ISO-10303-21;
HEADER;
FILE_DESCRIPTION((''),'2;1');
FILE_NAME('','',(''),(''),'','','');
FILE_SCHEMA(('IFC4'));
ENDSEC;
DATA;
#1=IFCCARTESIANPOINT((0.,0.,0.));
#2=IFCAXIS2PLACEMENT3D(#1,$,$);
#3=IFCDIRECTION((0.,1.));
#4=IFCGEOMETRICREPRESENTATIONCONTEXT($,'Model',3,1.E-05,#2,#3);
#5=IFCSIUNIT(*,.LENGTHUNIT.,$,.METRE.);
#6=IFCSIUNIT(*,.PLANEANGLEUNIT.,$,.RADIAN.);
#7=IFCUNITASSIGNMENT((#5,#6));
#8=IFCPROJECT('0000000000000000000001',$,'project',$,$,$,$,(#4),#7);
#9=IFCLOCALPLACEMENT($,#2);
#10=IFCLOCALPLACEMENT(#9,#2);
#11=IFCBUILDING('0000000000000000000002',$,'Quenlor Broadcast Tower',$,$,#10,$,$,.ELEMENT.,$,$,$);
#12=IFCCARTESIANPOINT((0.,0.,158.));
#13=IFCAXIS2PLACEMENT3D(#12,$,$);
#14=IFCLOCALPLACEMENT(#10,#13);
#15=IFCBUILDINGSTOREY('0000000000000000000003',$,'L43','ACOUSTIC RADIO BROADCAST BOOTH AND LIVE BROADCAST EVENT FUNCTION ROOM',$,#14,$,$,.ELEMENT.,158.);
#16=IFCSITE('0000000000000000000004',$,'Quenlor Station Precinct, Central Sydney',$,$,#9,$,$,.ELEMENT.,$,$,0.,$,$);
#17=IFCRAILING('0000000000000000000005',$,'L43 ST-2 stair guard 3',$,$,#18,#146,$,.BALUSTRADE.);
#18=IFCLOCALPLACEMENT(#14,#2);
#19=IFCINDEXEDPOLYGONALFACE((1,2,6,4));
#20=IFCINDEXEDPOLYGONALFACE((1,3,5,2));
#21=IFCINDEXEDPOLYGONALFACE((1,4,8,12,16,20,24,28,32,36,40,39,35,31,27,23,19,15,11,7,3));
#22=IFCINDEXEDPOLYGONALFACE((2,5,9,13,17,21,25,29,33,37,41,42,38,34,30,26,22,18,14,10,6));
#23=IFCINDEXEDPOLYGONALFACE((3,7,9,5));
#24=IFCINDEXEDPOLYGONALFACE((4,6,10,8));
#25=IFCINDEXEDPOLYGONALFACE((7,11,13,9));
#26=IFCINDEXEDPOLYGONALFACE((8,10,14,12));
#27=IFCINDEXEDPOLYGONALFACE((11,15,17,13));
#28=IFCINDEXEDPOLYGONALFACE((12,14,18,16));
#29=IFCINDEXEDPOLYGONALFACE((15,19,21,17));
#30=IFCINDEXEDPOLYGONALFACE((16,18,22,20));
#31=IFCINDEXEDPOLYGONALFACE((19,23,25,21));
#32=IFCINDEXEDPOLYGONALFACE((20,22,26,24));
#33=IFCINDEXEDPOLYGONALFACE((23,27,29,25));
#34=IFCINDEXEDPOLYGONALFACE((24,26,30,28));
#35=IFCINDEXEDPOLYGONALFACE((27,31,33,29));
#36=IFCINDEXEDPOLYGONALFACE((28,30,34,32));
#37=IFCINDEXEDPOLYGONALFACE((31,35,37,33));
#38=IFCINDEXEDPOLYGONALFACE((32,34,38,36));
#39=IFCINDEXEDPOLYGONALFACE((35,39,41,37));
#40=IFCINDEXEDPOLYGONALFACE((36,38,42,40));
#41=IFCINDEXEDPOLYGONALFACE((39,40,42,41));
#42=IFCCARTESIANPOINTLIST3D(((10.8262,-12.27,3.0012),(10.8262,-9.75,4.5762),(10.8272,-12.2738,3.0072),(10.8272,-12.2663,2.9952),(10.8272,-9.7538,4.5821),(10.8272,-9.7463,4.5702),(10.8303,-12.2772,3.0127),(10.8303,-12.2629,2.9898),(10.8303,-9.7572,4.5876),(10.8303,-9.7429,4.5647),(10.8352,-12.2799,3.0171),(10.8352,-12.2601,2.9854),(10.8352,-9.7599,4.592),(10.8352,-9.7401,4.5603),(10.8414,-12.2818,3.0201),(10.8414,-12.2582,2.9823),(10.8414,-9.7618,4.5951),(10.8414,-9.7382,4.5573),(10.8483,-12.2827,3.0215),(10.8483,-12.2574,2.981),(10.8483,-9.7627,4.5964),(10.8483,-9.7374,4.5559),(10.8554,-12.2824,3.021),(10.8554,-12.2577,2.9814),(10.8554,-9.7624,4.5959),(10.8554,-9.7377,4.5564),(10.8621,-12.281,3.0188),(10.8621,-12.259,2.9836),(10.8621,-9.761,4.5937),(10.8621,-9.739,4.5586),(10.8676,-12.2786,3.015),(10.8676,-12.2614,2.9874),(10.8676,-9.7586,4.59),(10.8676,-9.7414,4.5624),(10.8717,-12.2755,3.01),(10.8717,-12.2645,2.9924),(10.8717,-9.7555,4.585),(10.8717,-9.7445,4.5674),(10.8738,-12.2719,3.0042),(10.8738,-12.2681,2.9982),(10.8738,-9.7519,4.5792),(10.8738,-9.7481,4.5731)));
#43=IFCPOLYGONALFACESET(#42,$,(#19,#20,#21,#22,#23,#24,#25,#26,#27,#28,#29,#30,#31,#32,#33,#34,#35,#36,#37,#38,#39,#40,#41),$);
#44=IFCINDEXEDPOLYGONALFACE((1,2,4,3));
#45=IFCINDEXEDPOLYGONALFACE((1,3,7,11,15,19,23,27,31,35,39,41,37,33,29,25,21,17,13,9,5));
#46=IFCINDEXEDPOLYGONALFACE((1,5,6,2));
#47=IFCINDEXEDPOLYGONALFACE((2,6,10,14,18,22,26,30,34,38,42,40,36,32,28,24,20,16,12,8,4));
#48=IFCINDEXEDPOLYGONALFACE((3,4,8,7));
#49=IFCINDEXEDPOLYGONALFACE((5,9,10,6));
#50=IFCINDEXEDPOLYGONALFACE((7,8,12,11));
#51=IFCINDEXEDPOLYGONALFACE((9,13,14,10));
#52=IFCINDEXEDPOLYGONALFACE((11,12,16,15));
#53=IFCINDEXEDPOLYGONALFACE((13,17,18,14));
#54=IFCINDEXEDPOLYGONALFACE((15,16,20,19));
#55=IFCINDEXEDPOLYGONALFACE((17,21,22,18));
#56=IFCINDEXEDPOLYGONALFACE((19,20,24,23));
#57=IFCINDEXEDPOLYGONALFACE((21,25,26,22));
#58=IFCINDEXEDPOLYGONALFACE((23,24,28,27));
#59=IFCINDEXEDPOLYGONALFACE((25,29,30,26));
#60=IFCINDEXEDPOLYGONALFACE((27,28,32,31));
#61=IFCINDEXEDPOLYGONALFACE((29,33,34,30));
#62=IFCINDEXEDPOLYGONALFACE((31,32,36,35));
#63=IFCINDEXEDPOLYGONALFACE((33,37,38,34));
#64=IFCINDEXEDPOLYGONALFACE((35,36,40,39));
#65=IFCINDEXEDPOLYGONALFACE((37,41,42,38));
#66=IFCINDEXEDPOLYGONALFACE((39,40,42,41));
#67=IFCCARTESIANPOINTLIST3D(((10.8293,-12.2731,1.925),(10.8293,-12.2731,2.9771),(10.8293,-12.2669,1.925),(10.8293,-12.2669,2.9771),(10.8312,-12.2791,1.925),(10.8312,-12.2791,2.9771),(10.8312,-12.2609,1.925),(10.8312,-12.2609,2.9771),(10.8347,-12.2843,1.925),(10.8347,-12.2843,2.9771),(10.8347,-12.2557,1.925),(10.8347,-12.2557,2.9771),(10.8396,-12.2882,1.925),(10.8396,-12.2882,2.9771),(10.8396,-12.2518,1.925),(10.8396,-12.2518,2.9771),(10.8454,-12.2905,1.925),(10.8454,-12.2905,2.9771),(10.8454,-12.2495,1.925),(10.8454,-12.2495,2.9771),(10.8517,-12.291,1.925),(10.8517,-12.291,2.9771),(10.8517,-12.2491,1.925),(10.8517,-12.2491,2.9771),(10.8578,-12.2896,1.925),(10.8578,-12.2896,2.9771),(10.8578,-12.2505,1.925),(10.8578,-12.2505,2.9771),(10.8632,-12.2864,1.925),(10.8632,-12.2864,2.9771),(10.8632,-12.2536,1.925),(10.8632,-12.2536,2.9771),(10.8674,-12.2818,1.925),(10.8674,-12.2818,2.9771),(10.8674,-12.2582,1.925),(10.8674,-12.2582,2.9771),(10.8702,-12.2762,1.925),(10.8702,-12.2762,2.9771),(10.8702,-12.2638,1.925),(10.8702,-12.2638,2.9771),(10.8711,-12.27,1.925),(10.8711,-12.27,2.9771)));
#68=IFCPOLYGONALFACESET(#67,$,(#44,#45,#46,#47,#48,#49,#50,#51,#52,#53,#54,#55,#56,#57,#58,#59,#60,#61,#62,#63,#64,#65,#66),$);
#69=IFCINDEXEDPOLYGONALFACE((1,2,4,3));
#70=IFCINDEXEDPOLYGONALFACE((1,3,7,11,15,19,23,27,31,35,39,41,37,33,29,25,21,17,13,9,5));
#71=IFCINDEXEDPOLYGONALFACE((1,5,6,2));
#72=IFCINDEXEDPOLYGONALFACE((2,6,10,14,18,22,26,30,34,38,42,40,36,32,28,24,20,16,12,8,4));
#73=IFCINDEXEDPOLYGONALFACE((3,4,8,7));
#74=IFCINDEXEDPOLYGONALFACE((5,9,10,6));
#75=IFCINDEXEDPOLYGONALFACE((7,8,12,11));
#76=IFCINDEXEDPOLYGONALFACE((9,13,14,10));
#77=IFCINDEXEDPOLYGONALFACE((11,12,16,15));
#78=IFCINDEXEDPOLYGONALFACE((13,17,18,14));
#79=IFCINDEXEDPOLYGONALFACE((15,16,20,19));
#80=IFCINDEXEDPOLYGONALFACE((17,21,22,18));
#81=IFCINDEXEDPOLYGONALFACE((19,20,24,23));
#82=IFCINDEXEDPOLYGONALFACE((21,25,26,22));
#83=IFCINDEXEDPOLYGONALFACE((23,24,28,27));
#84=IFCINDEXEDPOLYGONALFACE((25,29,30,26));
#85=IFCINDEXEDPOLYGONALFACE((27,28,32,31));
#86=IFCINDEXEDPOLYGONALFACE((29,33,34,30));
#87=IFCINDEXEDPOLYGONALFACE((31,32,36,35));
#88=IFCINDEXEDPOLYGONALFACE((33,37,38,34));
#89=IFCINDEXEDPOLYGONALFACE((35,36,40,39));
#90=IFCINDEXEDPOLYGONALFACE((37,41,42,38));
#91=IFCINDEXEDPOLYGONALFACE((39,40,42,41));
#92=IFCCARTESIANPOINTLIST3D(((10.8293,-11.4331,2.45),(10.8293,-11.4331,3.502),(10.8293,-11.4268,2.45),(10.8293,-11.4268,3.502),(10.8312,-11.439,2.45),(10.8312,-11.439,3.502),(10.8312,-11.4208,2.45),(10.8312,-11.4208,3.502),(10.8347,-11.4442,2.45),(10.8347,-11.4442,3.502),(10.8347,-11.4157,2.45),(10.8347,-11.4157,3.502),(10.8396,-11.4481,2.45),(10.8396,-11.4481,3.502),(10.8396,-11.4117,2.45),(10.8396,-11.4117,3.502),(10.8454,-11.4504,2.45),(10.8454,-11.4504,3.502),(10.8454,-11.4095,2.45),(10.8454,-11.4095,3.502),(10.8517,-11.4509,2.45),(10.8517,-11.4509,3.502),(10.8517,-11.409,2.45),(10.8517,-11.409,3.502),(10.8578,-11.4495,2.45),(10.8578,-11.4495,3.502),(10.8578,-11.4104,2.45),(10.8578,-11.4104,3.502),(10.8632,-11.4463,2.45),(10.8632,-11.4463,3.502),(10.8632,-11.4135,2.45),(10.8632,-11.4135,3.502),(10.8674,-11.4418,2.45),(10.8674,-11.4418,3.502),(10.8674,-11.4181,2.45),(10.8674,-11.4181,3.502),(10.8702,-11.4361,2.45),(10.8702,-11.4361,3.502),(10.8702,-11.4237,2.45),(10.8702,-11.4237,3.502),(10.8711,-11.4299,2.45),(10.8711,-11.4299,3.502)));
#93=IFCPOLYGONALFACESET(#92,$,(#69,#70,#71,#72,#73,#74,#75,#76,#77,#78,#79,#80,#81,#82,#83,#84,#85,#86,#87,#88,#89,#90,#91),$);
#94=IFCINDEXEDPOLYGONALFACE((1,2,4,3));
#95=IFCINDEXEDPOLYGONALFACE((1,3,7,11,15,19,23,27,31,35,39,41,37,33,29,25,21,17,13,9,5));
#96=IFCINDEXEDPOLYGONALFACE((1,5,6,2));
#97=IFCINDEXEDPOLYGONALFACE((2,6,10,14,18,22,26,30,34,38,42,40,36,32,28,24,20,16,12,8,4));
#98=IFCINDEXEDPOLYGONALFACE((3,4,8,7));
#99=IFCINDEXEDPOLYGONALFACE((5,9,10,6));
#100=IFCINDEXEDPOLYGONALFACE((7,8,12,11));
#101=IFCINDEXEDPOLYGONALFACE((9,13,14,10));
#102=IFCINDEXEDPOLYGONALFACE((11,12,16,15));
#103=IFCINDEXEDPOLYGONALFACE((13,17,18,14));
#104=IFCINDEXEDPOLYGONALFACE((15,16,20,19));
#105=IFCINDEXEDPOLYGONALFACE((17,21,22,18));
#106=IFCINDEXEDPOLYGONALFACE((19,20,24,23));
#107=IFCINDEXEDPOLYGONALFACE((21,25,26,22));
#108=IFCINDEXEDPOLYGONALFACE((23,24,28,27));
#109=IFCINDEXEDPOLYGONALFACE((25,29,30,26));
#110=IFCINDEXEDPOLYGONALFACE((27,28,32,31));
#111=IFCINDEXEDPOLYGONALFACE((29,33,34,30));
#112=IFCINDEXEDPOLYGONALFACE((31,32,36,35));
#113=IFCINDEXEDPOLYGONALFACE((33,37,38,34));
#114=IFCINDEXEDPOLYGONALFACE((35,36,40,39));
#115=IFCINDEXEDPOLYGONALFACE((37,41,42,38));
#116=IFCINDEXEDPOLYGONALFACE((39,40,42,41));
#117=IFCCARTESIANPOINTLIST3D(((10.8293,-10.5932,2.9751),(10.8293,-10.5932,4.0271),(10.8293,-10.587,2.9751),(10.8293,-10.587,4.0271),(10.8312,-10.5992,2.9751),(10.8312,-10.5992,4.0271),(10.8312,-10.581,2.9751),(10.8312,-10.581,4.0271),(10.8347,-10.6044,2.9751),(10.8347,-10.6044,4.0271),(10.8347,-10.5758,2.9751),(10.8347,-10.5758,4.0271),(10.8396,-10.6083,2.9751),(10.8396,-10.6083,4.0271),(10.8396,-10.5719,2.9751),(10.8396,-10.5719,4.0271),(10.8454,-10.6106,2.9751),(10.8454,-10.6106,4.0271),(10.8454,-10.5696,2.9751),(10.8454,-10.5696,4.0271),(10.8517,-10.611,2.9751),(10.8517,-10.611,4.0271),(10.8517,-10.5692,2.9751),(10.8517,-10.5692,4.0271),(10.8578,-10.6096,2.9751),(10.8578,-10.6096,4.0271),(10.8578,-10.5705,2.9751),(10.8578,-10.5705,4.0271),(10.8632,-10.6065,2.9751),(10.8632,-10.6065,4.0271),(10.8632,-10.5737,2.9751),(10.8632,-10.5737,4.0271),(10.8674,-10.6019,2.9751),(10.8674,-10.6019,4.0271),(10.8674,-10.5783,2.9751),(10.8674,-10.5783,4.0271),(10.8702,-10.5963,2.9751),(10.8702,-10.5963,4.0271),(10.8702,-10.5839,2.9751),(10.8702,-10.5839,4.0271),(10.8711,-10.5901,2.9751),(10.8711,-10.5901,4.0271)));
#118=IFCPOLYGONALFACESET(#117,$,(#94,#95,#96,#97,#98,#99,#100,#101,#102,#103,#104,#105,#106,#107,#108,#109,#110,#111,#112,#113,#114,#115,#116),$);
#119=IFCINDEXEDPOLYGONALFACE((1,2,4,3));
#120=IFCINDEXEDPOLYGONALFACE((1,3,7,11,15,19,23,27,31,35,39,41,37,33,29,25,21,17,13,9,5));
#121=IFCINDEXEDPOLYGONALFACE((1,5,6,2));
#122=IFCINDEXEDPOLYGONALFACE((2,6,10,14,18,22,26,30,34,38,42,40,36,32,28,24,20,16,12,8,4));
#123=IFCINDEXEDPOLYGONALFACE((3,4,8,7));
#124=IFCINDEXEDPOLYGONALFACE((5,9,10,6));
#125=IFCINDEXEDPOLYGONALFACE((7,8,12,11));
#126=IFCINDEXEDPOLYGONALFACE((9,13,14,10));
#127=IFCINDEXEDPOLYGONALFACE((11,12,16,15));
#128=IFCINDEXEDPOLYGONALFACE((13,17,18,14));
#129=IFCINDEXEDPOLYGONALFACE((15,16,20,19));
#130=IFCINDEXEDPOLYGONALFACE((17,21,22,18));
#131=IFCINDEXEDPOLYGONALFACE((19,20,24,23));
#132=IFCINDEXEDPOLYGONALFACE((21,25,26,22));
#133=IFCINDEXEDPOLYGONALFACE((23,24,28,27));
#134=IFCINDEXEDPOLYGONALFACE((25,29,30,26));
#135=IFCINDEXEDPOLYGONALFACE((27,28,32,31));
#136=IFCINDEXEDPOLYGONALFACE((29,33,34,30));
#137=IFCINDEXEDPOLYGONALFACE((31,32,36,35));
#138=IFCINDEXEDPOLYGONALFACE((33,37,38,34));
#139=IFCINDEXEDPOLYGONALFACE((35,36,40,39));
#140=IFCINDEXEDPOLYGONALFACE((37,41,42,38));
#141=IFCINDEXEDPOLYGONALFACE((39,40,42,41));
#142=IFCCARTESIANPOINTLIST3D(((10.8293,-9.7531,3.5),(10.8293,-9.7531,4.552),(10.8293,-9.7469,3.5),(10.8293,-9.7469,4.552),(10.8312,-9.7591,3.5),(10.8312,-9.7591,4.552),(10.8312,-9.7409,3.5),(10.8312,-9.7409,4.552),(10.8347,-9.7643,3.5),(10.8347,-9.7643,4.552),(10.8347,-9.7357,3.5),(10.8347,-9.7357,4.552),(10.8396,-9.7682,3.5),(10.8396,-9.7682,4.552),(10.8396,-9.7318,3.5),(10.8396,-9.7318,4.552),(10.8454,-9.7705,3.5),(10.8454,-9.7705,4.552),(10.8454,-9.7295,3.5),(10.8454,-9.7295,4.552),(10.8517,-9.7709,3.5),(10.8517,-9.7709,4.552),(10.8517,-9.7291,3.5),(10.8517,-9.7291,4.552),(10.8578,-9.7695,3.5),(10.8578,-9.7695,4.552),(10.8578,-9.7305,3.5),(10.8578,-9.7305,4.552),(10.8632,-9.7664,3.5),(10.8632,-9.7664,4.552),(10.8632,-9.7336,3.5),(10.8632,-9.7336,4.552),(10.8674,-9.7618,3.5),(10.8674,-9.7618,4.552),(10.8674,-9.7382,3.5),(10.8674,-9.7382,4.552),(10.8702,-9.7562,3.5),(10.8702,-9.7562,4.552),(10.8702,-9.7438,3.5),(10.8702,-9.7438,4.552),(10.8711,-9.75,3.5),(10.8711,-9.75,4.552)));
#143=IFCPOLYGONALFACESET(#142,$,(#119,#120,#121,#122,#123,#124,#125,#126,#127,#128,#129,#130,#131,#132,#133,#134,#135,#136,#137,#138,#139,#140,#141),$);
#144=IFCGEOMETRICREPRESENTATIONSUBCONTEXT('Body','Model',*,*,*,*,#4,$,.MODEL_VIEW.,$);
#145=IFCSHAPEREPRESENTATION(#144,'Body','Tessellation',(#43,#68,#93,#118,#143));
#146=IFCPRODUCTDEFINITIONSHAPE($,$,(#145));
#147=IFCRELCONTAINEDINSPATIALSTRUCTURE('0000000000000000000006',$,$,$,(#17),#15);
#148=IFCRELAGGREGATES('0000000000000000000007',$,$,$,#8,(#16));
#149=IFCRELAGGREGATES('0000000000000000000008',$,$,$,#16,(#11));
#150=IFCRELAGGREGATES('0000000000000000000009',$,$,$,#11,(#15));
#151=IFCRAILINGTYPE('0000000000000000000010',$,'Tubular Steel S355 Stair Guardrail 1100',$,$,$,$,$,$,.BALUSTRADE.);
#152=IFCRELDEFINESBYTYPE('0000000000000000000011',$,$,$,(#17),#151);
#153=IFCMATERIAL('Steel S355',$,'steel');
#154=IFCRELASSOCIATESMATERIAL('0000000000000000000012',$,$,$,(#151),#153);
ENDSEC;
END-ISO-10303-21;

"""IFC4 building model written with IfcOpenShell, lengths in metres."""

from ifc_helpers import new_model, si_unit, direction, frame, origin, origin_2d, place, context, subcontext, project, spatial, circle, extrude, material, type_object, element, save


model = new_model("IFC4")

# Units and contexts
model_context = context("Model", 3, precision=1e-05, world=origin(), true_north=direction((0.0, 1.0)))
body_context = subcontext(model_context, "Body", "Model", "MODEL_VIEW")
ifc_project = project(units=[si_unit("LENGTHUNIT", "METRE"), si_unit("PLANEANGLEUNIT", "RADIAN")], contexts=[model_context])

# Site, building, storey
site_placement = place(None, origin())
site = spatial("IfcSite", under=ifc_project, at=site_placement, Name="Quenlor Station Precinct, Central Sydney", CompositionType="ELEMENT", RefElevation=0.0)
building_placement = place(site_placement, origin())
building = spatial("IfcBuilding", under=site, at=building_placement, Name="Quenlor Broadcast Tower", CompositionType="ELEMENT")
storey_placement = place(building_placement, frame((0.0, 0.0, 158.0)))
storey = spatial("IfcBuildingStorey", under=building, at=storey_placement, Name="L43", Description="ACOUSTIC RADIO BROADCAST BOOTH AND LIVE BROADCAST EVENT FUNCTION ROOM", CompositionType="ELEMENT", Elevation=158.0)

# Railing
ifc_material_1 = material(Name="Steel S355", Category="steel")
railing_type_1 = type_object("IfcRailingType", Name="Tubular Steel S355 Stair Guardrail 1100", PredefinedType="BALUSTRADE", material=ifc_material_1)
railing_1_placement = place(storey_placement, frame((10.8501, -12.27, 1.925)))
element("IfcRailing", 1, at=railing_1_placement, inside=storey, type_object=railing_type_1, Name="L43 ST-2 stair guard 3", PredefinedType="BALUSTRADE", context=body_context, shape_type="SweptSolid", body=[
    extrude(circle(Radius=0.0239, at=origin_2d()), frame((0.0, 0.0, 1.0762), z_axis=(0.0, 0.848008, 0.529984), x_axis=(-1.0, 0.0, 0.0)), (0.0, 0.0, 1.0), 2.9717),
    extrude(circle(Radius=0.021, at=origin_2d()), origin(), (0.0, 0.0, 1.0), 1.052),
    extrude(circle(Radius=0.021, at=origin_2d()), frame((0.0, 0.8401, 0.5249)), (0.0, 0.0, 1.0), 1.052),
    extrude(circle(Radius=0.021, at=origin_2d()), frame((0.0, 1.6799, 1.05)), (0.0, 0.0, 1.0), 1.052),
    extrude(circle(Radius=0.021, at=origin_2d()), frame((0.0, 2.52, 1.575)), (0.0, 0.0, 1.0), 1.052),
])

save(model, "model.ifc")
